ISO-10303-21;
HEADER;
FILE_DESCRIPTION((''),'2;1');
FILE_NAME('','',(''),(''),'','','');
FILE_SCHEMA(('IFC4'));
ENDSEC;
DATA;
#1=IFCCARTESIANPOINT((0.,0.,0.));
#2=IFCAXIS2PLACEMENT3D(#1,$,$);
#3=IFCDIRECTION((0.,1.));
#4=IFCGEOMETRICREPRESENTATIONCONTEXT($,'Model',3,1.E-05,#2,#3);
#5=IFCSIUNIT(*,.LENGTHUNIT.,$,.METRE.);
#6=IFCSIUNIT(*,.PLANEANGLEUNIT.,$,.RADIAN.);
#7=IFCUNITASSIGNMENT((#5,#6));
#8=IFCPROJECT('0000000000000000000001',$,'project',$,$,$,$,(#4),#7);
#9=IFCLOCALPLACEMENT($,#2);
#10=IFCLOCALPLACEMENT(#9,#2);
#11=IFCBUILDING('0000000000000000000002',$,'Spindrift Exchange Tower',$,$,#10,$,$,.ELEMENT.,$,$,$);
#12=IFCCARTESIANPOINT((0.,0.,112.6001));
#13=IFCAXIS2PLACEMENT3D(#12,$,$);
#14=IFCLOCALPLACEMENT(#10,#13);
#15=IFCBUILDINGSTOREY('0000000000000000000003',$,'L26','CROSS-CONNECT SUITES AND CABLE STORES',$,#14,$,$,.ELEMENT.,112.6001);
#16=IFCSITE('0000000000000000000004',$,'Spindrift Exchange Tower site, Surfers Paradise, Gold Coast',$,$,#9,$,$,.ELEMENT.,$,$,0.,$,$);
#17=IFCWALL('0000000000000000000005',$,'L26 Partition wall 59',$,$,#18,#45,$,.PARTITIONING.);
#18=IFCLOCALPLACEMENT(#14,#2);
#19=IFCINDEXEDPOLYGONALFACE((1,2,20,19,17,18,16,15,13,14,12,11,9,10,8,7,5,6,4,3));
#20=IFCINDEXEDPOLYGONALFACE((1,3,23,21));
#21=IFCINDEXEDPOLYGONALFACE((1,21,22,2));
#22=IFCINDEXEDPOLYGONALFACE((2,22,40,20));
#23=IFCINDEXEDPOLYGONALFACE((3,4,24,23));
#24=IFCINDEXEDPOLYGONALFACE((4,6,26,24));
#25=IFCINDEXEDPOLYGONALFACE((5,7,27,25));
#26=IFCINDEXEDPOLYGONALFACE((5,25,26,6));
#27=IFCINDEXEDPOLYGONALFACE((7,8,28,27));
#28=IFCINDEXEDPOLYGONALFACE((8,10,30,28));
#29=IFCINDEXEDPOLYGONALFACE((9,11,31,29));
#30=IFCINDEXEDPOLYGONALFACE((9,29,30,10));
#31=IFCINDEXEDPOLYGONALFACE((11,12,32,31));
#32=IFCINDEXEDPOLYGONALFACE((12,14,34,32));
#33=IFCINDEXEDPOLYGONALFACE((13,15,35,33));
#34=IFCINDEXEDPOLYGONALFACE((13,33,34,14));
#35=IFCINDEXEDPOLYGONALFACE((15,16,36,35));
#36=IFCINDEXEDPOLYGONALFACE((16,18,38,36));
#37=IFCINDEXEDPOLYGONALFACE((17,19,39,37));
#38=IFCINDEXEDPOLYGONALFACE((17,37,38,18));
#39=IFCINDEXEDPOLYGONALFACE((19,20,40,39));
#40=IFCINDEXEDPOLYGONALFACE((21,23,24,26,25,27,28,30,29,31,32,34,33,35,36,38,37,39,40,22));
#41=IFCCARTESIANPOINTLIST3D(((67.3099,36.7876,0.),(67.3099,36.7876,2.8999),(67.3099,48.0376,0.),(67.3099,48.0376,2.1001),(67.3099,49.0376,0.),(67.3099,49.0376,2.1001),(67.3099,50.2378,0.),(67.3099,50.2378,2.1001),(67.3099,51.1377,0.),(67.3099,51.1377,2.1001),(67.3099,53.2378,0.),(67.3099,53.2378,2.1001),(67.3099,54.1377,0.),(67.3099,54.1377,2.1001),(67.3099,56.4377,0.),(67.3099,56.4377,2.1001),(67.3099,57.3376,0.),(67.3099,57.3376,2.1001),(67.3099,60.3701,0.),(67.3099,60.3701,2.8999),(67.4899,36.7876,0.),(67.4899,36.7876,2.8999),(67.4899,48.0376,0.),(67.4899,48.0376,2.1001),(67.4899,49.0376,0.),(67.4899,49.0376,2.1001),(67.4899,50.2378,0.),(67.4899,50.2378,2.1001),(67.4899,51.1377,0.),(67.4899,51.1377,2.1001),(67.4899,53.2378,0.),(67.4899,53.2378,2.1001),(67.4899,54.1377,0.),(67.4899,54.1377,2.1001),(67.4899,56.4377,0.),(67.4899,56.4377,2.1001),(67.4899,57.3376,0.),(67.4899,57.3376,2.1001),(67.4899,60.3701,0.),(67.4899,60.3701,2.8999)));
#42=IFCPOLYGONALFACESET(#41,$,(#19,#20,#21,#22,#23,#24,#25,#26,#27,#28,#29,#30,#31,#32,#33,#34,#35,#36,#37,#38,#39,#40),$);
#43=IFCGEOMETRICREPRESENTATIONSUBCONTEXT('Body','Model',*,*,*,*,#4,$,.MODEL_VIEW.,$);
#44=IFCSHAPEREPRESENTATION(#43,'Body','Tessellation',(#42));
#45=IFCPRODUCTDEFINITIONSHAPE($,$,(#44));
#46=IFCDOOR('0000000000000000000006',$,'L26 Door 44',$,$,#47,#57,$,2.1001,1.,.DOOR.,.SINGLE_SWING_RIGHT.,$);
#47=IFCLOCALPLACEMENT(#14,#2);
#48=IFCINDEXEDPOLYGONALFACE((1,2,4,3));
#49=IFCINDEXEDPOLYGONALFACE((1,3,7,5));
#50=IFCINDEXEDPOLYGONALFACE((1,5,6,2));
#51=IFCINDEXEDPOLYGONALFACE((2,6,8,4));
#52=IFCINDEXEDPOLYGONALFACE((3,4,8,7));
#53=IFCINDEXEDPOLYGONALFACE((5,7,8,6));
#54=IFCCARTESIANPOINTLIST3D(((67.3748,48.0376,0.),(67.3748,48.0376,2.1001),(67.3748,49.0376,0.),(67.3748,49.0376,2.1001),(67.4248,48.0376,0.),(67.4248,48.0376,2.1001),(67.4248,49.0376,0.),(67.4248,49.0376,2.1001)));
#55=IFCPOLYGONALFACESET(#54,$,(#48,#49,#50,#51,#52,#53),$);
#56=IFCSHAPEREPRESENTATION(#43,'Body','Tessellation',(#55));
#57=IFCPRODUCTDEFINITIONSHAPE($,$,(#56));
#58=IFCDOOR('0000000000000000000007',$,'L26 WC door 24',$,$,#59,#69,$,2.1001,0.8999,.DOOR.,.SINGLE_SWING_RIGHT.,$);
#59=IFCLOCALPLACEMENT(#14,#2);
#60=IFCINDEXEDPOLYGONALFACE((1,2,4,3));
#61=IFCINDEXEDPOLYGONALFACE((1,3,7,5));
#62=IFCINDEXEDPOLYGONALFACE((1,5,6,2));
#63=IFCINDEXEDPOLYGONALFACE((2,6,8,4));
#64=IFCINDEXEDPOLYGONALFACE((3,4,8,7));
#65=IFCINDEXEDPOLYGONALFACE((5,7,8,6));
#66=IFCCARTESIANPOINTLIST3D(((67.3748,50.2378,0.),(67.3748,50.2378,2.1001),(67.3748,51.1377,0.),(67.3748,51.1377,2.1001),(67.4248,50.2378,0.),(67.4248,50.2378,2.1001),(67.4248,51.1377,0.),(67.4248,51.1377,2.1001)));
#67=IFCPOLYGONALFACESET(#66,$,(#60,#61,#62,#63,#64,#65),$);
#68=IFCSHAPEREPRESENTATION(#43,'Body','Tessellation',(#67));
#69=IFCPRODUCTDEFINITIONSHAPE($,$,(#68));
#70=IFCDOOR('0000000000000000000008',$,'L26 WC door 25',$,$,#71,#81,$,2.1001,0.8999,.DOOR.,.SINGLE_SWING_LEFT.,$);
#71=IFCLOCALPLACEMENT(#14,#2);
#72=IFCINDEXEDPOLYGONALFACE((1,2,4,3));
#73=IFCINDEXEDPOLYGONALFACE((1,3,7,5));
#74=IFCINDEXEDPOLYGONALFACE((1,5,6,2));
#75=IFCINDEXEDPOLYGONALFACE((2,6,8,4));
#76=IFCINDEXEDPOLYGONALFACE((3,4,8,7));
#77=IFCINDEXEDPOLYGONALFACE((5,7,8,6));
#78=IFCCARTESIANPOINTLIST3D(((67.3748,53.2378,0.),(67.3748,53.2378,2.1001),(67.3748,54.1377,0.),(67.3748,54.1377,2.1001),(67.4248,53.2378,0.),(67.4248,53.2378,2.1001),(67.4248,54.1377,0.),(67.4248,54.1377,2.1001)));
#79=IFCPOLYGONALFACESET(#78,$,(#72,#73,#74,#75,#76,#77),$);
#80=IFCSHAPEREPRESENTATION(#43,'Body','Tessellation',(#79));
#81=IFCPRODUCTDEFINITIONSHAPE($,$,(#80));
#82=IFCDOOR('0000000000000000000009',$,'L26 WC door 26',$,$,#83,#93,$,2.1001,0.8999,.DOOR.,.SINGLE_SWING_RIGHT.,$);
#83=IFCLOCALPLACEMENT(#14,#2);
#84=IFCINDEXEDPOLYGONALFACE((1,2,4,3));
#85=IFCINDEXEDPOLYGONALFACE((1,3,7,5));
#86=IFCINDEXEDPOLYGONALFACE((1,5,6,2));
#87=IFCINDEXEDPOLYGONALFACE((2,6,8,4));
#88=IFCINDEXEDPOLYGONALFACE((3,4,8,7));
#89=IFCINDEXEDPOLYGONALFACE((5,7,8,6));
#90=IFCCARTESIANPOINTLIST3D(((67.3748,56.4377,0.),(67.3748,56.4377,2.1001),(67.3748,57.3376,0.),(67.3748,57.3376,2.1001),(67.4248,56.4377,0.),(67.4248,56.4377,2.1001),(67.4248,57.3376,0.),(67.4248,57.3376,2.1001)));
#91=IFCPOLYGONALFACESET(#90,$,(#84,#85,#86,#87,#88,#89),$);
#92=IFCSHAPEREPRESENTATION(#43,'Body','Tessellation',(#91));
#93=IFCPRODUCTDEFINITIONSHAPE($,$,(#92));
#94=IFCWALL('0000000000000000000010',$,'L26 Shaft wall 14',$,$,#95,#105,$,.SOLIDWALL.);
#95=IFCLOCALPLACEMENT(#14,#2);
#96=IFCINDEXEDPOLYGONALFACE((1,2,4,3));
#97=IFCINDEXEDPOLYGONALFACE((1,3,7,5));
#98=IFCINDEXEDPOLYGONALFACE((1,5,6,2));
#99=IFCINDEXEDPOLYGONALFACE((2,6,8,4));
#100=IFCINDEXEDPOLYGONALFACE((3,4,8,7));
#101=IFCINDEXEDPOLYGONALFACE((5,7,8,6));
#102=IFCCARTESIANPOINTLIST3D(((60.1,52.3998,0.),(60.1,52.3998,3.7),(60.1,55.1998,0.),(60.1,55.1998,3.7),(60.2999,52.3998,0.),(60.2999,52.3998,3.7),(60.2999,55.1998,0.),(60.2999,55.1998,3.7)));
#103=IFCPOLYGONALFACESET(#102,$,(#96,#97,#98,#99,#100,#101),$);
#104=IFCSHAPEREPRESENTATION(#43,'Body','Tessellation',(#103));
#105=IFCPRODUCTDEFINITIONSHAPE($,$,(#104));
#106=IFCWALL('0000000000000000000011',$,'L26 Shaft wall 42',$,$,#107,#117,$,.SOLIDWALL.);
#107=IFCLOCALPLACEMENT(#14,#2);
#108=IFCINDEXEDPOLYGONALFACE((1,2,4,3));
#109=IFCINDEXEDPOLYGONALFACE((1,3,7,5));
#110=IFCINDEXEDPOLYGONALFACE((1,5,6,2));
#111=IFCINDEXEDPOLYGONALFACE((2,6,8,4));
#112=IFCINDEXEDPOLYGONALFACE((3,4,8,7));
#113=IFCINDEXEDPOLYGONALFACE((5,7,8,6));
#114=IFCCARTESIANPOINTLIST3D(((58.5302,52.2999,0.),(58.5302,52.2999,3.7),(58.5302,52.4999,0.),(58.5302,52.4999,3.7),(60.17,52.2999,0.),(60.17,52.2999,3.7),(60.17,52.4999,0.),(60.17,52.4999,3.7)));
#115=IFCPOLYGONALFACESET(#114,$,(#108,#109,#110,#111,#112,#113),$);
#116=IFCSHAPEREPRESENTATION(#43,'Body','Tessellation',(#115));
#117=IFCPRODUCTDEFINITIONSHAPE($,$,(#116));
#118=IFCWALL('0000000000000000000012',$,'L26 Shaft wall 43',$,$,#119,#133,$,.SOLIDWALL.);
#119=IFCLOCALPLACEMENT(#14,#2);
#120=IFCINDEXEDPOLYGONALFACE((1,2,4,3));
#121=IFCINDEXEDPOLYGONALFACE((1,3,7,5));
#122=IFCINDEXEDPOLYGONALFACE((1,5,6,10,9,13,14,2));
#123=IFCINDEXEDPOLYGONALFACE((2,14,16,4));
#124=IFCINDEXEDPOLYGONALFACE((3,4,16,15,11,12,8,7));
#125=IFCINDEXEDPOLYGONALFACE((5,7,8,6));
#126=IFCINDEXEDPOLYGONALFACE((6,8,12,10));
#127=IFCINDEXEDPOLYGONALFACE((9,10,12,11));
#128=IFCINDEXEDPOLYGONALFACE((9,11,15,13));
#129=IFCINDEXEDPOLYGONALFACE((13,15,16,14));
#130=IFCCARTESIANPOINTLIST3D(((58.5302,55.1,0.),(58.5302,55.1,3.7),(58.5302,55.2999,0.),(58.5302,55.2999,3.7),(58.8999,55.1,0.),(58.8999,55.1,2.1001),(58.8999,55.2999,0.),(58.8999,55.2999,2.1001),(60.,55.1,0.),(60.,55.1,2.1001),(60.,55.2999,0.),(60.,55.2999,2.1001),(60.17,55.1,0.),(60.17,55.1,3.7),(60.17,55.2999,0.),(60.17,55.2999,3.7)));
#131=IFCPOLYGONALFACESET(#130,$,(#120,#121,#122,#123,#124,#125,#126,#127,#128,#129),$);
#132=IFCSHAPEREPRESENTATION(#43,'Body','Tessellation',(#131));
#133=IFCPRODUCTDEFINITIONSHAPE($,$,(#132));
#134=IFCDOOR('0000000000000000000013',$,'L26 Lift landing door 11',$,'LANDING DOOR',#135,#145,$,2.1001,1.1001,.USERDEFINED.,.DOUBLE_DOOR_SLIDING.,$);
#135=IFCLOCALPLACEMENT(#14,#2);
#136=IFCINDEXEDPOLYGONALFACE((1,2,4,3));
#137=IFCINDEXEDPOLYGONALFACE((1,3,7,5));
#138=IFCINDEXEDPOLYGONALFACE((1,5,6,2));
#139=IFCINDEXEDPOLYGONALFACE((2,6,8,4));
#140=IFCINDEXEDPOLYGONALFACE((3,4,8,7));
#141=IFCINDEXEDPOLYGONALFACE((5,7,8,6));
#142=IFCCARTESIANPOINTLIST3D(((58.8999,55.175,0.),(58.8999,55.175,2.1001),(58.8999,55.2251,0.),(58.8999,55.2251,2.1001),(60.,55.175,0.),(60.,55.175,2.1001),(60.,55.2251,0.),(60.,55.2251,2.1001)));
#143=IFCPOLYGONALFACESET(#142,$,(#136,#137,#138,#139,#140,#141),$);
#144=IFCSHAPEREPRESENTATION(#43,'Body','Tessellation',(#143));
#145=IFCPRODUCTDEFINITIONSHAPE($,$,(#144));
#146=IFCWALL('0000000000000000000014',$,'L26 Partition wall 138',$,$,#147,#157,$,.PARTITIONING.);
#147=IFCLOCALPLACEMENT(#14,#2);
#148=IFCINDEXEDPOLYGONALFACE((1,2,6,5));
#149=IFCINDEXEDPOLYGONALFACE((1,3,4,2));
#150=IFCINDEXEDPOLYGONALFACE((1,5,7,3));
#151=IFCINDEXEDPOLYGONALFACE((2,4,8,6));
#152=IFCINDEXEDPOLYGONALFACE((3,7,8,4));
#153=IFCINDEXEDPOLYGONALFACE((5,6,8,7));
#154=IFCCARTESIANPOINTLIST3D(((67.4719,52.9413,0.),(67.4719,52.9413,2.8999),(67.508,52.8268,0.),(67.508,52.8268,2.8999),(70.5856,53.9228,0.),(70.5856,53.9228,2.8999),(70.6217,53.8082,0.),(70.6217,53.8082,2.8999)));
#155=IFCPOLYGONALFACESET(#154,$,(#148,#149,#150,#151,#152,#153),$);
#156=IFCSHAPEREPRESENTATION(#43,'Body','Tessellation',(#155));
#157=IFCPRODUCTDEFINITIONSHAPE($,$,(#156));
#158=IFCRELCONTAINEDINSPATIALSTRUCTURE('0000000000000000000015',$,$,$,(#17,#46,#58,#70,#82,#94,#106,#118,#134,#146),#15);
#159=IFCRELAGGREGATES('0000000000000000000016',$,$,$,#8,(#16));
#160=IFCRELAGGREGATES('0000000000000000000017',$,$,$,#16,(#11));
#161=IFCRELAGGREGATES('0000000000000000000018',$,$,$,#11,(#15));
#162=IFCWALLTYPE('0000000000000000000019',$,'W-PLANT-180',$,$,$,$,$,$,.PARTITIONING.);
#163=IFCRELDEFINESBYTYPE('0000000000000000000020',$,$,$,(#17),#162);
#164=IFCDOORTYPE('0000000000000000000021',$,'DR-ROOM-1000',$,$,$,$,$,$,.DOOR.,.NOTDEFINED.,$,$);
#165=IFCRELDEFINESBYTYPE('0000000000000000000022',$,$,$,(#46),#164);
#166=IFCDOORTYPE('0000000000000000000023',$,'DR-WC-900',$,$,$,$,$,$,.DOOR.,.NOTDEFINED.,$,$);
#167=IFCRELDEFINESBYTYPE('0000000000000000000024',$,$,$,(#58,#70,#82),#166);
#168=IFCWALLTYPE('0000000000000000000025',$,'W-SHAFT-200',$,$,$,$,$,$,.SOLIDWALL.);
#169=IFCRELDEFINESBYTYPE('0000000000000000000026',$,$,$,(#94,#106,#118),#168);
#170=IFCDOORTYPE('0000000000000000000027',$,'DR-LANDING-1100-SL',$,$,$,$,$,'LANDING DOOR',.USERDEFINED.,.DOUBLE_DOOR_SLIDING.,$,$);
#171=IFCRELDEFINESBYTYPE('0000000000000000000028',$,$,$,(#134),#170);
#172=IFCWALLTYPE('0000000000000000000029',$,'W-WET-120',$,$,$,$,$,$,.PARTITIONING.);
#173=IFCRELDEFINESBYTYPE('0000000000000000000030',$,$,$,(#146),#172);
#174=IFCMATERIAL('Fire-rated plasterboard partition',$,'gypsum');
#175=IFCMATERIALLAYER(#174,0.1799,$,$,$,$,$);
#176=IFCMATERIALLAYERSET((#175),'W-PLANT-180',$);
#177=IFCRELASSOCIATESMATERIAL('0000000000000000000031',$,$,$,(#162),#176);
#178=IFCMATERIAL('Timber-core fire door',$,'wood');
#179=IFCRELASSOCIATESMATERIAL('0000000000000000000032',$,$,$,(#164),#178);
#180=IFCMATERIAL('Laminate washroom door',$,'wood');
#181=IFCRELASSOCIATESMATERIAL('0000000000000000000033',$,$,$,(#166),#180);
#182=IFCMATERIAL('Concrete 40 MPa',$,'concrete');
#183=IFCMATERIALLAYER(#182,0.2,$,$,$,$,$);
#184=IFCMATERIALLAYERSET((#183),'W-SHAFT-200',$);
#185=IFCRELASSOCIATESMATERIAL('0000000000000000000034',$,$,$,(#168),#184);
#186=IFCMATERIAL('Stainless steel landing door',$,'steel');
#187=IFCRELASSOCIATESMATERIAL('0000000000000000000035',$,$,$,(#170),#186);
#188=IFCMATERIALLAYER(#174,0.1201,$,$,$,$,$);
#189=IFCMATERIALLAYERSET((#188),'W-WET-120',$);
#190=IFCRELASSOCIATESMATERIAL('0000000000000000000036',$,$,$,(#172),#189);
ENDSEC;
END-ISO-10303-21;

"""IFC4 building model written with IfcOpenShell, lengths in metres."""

from ifc_helpers import new_model, si_unit, direction, frame, frame_2d, origin, place, context, subcontext, project, spatial, rectangle, extrude, source, transform, mapped, material, layer, layer_set, type_object, element, fill, save


model = new_model("IFC4")

# Units and contexts
model_context = context("Model", 3, precision=1e-05, world=origin(), true_north=direction((0.0, 1.0)))
body_context = subcontext(model_context, "Body", "Model", "MODEL_VIEW")
ifc_project = project(units=[si_unit("LENGTHUNIT", "METRE"), si_unit("PLANEANGLEUNIT", "RADIAN")], contexts=[model_context])

# Site, building, storey
site_placement = place(None, origin())
site = spatial("IfcSite", under=ifc_project, at=site_placement, Name="Spindrift Exchange Tower site, Surfers Paradise, Gold Coast", CompositionType="ELEMENT", RefElevation=0.0)
building_placement = place(site_placement, origin())
building = spatial("IfcBuilding", under=site, at=building_placement, Name="Spindrift Exchange Tower", CompositionType="ELEMENT")
storey_placement = place(building_placement, frame((0.0, 0.0, 112.6001)))
storey = spatial("IfcBuildingStorey", under=building, at=storey_placement, Name="L26", Description="CROSS-CONNECT SUITES AND CABLE STORES", CompositionType="ELEMENT", Elevation=112.6001)

# Shared definitions
ifc_material_1 = material(Name="Fire-rated plasterboard partition", Category="gypsum")

# Wall, openings, doors
ifc_layer_1 = layer(ifc_material_1, 0.1799)
ifc_layer_set_1 = layer_set([ifc_layer_1], Name="W-PLANT-180")
wall_type_1 = type_object("IfcWallType", Name="W-PLANT-180", PredefinedType="PARTITIONING", material=ifc_layer_set_1)
wall_1_placement = place(storey_placement, frame((67.3999, 60.3701, 0.0), z_axis=(0.0, 0.0, 1.0), x_axis=(0.0, -1.0, 0.0)))
wall_1 = element("IfcWall", 1, at=wall_1_placement, inside=storey, type_object=wall_type_1, Name="L26 Partition wall 59", PredefinedType="PARTITIONING", context=body_context, shape_type="SweptSolid", body=[
    extrude(rectangle(XDim=23.5825, YDim=0.1799, at=frame_2d((11.7913, 0.0))), origin(), (0.0, 0.0, 1.0), 2.8999),
])
opening_1_placement = place(wall_1_placement, frame((9.2324, 0.0, 0.0)))
opening_1 = element("IfcOpeningElement", 2, at=opening_1_placement, cuts=wall_1, PredefinedType="OPENING", context=body_context, shape_type="SweptSolid", body=[
    extrude(rectangle(XDim=0.8999, YDim=2.1001, at=frame_2d((0.45, 1.05))), frame((0.0, 0.0999, 0.0), z_axis=(0.0, -1.0, 0.0), x_axis=(1.0, 0.0, 0.0)), (0.0, 0.0, 1.0), 0.2),
])
opening_2_placement = place(wall_1_placement, frame((6.2324, 0.0, 0.0)))
opening_2 = element("IfcOpeningElement", 3, at=opening_2_placement, cuts=wall_1, PredefinedType="OPENING", context=body_context, shape_type="SweptSolid", body=[
    extrude(rectangle(XDim=0.8999, YDim=2.1001, at=frame_2d((0.45, 1.05))), frame((0.0, 0.0999, 0.0), z_axis=(0.0, -1.0, 0.0), x_axis=(1.0, 0.0, 0.0)), (0.0, 0.0, 1.0), 0.2),
])
opening_3_placement = place(wall_1_placement, frame((3.0325, 0.0, 0.0)))
opening_3 = element("IfcOpeningElement", 4, at=opening_3_placement, cuts=wall_1, PredefinedType="OPENING", context=body_context, shape_type="SweptSolid", body=[
    extrude(rectangle(XDim=0.8999, YDim=2.1001, at=frame_2d((0.45, 1.05))), frame((0.0, 0.0999, 0.0), z_axis=(0.0, -1.0, 0.0), x_axis=(1.0, 0.0, 0.0)), (0.0, 0.0, 1.0), 0.2),
])
opening_4_placement = place(wall_1_placement, frame((11.3325, 0.0, 0.0)))
opening_4 = element("IfcOpeningElement", 5, at=opening_4_placement, cuts=wall_1, PredefinedType="OPENING", context=body_context, shape_type="SweptSolid", body=[
    extrude(rectangle(XDim=1.0, YDim=2.1001, at=frame_2d((0.5, 1.05))), frame((0.0, 0.0999, 0.0), z_axis=(0.0, -1.0, 0.0), x_axis=(1.0, 0.0, 0.0)), (0.0, 0.0, 1.0), 0.2),
])
ifc_material_2 = material(Name="Timber-core fire door", Category="wood")
door_type_1 = type_object("IfcDoorType", Name="DR-ROOM-1000", OperationType="NOTDEFINED", PredefinedType="DOOR", material=ifc_material_2)
shared_shape_1 = source(origin(), body_context, "Body", "SweptSolid", [
    extrude(rectangle(XDim=1.0, YDim=2.1001, at=frame_2d((0.5, 1.05))), frame((0.0, 0.0249, 0.0), z_axis=(0.0, -1.0, 0.0), x_axis=(1.0, 0.0, 0.0)), (0.0, 0.0, 1.0), 0.05),
])
door_1_placement = place(opening_4_placement, origin())
door_1 = element("IfcDoor", 6, at=door_1_placement, inside=storey, type_object=door_type_1, Name="L26 Door 44", OperationType="SINGLE_SWING_RIGHT", OverallHeight=2.1001, OverallWidth=1.0, PredefinedType="DOOR", context=body_context, shape_type="MappedRepresentation", body=[
    mapped(shared_shape_1, transform((0.0, 0.0, 0.0), scale=1.0)),
])
fill(opening_4, door_1)
ifc_material_3 = material(Name="Laminate washroom door", Category="wood")
door_type_2 = type_object("IfcDoorType", Name="DR-WC-900", OperationType="NOTDEFINED", PredefinedType="DOOR", material=ifc_material_3)
shared_shape_2 = source(origin(), body_context, "Body", "SweptSolid", [
    extrude(rectangle(XDim=0.8999, YDim=2.1001, at=frame_2d((0.45, 1.05))), frame((0.0, 0.0249, 0.0), z_axis=(0.0, -1.0, 0.0), x_axis=(1.0, 0.0, 0.0)), (0.0, 0.0, 1.0), 0.05),
])
door_2_placement = place(opening_1_placement, origin())
door_2 = element("IfcDoor", 7, at=door_2_placement, inside=storey, type_object=door_type_2, Name="L26 WC door 24", OperationType="SINGLE_SWING_RIGHT", OverallHeight=2.1001, OverallWidth=0.8999, PredefinedType="DOOR", context=body_context, shape_type="MappedRepresentation", body=[
    mapped(shared_shape_2, transform((0.0, 0.0, 0.0), scale=1.0)),
])
fill(opening_1, door_2)
door_3_placement = place(opening_2_placement, origin())
door_3 = element("IfcDoor", 8, at=door_3_placement, inside=storey, type_object=door_type_2, Name="L26 WC door 25", OperationType="SINGLE_SWING_LEFT", OverallHeight=2.1001, OverallWidth=0.8999, PredefinedType="DOOR", context=body_context, shape_type="MappedRepresentation", body=[
    mapped(shared_shape_2, transform((0.0, 0.0, 0.0), scale=1.0)),
])
fill(opening_2, door_3)
door_4_placement = place(opening_3_placement, origin())
door_4 = element("IfcDoor", 9, at=door_4_placement, inside=storey, type_object=door_type_2, Name="L26 WC door 26", OperationType="SINGLE_SWING_RIGHT", OverallHeight=2.1001, OverallWidth=0.8999, PredefinedType="DOOR", context=body_context, shape_type="MappedRepresentation", body=[
    mapped(shared_shape_2, transform((0.0, 0.0, 0.0), scale=1.0)),
])
fill(opening_3, door_4)

# Walls
ifc_material_4 = material(Name="Concrete 40 MPa", Category="concrete")
ifc_layer_2 = layer(ifc_material_4, 0.2)
ifc_layer_set_2 = layer_set([ifc_layer_2], Name="W-SHAFT-200")
wall_type_2 = type_object("IfcWallType", Name="W-SHAFT-200", PredefinedType="SOLIDWALL", material=ifc_layer_set_2)
wall_2_placement = place(storey_placement, frame((60.2, 52.3999, 0.0), z_axis=(0.0, 0.0, 1.0), x_axis=(0.0, 1.0, 0.0)))
element("IfcWall", 10, at=wall_2_placement, inside=storey, type_object=wall_type_2, Name="L26 Shaft wall 14", PredefinedType="SOLIDWALL", context=body_context, shape_type="SweptSolid", body=[
    extrude(rectangle(XDim=2.8, YDim=0.2, at=frame_2d((1.3999, 0.0))), origin(), (0.0, 0.0, 1.0), 3.7),
])
wall_3_placement = place(storey_placement, frame((60.1699, 52.3999, 0.0), z_axis=(0.0, 0.0, 1.0), x_axis=(-1.0, 0.0, 0.0)))
element("IfcWall", 11, at=wall_3_placement, inside=storey, type_object=wall_type_2, Name="L26 Shaft wall 42", PredefinedType="SOLIDWALL", context=body_context, shape_type="SweptSolid", body=[
    extrude(rectangle(XDim=1.6399, YDim=0.2, at=frame_2d((0.8198, 0.0))), origin(), (0.0, 0.0, 1.0), 3.7),
])

# Wall, opening, door
wall_4_placement = place(storey_placement, frame((60.1699, 55.2, 0.0), z_axis=(0.0, 0.0, 1.0), x_axis=(-1.0, 0.0, 0.0)))
wall_4 = element("IfcWall", 12, at=wall_4_placement, inside=storey, type_object=wall_type_2, Name="L26 Shaft wall 43", PredefinedType="SOLIDWALL", context=body_context, shape_type="SweptSolid", body=[
    extrude(rectangle(XDim=1.6399, YDim=0.2, at=frame_2d((0.8198, 0.0))), origin(), (0.0, 0.0, 1.0), 3.7),
])
opening_5_placement = place(wall_4_placement, frame((0.1699, 0.0, 0.0)))
opening_5 = element("IfcOpeningElement", 13, at=opening_5_placement, cuts=wall_4, PredefinedType="OPENING", context=body_context, shape_type="SweptSolid", body=[
    extrude(rectangle(XDim=1.1001, YDim=2.1001, at=frame_2d((0.55, 1.05))), frame((0.0, 0.1099, 0.0), z_axis=(0.0, -1.0, 0.0), x_axis=(1.0, 0.0, 0.0)), (0.0, 0.0, 1.0), 0.22),
])
ifc_material_5 = material(Name="Stainless steel landing door", Category="steel")
door_type_3 = type_object("IfcDoorType", Name="DR-LANDING-1100-SL", ElementType="LANDING DOOR", OperationType="DOUBLE_DOOR_SLIDING", PredefinedType="USERDEFINED", material=ifc_material_5)
shared_shape_3 = source(origin(), body_context, "Body", "SweptSolid", [
    extrude(rectangle(XDim=1.1001, YDim=2.1001, at=frame_2d((0.55, 1.05))), frame((0.0, 0.0249, 0.0), z_axis=(0.0, -1.0, 0.0), x_axis=(1.0, 0.0, 0.0)), (0.0, 0.0, 1.0), 0.05),
])
door_5_placement = place(opening_5_placement, origin())
door_5 = element("IfcDoor", 14, at=door_5_placement, inside=storey, type_object=door_type_3, Name="L26 Lift landing door 11", ObjectType="LANDING DOOR", OperationType="DOUBLE_DOOR_SLIDING", OverallHeight=2.1001, OverallWidth=1.1001, PredefinedType="USERDEFINED", context=body_context, shape_type="MappedRepresentation", body=[
    mapped(shared_shape_3, transform((0.0, 0.0, 0.0), scale=1.0)),
])
fill(opening_5, door_5)

# Wall
ifc_layer_3 = layer(ifc_material_1, 0.1201)
ifc_layer_set_3 = layer_set([ifc_layer_3], Name="W-WET-120")
wall_type_3 = type_object("IfcWallType", Name="W-WET-120", PredefinedType="PARTITIONING", material=ifc_layer_set_3)
wall_5_placement = place(storey_placement, frame((67.49, 52.884, 0.0), z_axis=(0.0, 0.0, 1.0), x_axis=(0.953739, 0.300637, 0.0)))
element("IfcWall", 15, at=wall_5_placement, inside=storey, type_object=wall_type_3, Name="L26 Partition wall 138", PredefinedType="PARTITIONING", context=body_context, shape_type="SweptSolid", body=[
    extrude(rectangle(XDim=3.2646, YDim=0.1201, at=frame_2d((1.6323, 0.0))), origin(), (0.0, 0.0, 1.0), 2.8999),
])

save(model, "model.ifc")
